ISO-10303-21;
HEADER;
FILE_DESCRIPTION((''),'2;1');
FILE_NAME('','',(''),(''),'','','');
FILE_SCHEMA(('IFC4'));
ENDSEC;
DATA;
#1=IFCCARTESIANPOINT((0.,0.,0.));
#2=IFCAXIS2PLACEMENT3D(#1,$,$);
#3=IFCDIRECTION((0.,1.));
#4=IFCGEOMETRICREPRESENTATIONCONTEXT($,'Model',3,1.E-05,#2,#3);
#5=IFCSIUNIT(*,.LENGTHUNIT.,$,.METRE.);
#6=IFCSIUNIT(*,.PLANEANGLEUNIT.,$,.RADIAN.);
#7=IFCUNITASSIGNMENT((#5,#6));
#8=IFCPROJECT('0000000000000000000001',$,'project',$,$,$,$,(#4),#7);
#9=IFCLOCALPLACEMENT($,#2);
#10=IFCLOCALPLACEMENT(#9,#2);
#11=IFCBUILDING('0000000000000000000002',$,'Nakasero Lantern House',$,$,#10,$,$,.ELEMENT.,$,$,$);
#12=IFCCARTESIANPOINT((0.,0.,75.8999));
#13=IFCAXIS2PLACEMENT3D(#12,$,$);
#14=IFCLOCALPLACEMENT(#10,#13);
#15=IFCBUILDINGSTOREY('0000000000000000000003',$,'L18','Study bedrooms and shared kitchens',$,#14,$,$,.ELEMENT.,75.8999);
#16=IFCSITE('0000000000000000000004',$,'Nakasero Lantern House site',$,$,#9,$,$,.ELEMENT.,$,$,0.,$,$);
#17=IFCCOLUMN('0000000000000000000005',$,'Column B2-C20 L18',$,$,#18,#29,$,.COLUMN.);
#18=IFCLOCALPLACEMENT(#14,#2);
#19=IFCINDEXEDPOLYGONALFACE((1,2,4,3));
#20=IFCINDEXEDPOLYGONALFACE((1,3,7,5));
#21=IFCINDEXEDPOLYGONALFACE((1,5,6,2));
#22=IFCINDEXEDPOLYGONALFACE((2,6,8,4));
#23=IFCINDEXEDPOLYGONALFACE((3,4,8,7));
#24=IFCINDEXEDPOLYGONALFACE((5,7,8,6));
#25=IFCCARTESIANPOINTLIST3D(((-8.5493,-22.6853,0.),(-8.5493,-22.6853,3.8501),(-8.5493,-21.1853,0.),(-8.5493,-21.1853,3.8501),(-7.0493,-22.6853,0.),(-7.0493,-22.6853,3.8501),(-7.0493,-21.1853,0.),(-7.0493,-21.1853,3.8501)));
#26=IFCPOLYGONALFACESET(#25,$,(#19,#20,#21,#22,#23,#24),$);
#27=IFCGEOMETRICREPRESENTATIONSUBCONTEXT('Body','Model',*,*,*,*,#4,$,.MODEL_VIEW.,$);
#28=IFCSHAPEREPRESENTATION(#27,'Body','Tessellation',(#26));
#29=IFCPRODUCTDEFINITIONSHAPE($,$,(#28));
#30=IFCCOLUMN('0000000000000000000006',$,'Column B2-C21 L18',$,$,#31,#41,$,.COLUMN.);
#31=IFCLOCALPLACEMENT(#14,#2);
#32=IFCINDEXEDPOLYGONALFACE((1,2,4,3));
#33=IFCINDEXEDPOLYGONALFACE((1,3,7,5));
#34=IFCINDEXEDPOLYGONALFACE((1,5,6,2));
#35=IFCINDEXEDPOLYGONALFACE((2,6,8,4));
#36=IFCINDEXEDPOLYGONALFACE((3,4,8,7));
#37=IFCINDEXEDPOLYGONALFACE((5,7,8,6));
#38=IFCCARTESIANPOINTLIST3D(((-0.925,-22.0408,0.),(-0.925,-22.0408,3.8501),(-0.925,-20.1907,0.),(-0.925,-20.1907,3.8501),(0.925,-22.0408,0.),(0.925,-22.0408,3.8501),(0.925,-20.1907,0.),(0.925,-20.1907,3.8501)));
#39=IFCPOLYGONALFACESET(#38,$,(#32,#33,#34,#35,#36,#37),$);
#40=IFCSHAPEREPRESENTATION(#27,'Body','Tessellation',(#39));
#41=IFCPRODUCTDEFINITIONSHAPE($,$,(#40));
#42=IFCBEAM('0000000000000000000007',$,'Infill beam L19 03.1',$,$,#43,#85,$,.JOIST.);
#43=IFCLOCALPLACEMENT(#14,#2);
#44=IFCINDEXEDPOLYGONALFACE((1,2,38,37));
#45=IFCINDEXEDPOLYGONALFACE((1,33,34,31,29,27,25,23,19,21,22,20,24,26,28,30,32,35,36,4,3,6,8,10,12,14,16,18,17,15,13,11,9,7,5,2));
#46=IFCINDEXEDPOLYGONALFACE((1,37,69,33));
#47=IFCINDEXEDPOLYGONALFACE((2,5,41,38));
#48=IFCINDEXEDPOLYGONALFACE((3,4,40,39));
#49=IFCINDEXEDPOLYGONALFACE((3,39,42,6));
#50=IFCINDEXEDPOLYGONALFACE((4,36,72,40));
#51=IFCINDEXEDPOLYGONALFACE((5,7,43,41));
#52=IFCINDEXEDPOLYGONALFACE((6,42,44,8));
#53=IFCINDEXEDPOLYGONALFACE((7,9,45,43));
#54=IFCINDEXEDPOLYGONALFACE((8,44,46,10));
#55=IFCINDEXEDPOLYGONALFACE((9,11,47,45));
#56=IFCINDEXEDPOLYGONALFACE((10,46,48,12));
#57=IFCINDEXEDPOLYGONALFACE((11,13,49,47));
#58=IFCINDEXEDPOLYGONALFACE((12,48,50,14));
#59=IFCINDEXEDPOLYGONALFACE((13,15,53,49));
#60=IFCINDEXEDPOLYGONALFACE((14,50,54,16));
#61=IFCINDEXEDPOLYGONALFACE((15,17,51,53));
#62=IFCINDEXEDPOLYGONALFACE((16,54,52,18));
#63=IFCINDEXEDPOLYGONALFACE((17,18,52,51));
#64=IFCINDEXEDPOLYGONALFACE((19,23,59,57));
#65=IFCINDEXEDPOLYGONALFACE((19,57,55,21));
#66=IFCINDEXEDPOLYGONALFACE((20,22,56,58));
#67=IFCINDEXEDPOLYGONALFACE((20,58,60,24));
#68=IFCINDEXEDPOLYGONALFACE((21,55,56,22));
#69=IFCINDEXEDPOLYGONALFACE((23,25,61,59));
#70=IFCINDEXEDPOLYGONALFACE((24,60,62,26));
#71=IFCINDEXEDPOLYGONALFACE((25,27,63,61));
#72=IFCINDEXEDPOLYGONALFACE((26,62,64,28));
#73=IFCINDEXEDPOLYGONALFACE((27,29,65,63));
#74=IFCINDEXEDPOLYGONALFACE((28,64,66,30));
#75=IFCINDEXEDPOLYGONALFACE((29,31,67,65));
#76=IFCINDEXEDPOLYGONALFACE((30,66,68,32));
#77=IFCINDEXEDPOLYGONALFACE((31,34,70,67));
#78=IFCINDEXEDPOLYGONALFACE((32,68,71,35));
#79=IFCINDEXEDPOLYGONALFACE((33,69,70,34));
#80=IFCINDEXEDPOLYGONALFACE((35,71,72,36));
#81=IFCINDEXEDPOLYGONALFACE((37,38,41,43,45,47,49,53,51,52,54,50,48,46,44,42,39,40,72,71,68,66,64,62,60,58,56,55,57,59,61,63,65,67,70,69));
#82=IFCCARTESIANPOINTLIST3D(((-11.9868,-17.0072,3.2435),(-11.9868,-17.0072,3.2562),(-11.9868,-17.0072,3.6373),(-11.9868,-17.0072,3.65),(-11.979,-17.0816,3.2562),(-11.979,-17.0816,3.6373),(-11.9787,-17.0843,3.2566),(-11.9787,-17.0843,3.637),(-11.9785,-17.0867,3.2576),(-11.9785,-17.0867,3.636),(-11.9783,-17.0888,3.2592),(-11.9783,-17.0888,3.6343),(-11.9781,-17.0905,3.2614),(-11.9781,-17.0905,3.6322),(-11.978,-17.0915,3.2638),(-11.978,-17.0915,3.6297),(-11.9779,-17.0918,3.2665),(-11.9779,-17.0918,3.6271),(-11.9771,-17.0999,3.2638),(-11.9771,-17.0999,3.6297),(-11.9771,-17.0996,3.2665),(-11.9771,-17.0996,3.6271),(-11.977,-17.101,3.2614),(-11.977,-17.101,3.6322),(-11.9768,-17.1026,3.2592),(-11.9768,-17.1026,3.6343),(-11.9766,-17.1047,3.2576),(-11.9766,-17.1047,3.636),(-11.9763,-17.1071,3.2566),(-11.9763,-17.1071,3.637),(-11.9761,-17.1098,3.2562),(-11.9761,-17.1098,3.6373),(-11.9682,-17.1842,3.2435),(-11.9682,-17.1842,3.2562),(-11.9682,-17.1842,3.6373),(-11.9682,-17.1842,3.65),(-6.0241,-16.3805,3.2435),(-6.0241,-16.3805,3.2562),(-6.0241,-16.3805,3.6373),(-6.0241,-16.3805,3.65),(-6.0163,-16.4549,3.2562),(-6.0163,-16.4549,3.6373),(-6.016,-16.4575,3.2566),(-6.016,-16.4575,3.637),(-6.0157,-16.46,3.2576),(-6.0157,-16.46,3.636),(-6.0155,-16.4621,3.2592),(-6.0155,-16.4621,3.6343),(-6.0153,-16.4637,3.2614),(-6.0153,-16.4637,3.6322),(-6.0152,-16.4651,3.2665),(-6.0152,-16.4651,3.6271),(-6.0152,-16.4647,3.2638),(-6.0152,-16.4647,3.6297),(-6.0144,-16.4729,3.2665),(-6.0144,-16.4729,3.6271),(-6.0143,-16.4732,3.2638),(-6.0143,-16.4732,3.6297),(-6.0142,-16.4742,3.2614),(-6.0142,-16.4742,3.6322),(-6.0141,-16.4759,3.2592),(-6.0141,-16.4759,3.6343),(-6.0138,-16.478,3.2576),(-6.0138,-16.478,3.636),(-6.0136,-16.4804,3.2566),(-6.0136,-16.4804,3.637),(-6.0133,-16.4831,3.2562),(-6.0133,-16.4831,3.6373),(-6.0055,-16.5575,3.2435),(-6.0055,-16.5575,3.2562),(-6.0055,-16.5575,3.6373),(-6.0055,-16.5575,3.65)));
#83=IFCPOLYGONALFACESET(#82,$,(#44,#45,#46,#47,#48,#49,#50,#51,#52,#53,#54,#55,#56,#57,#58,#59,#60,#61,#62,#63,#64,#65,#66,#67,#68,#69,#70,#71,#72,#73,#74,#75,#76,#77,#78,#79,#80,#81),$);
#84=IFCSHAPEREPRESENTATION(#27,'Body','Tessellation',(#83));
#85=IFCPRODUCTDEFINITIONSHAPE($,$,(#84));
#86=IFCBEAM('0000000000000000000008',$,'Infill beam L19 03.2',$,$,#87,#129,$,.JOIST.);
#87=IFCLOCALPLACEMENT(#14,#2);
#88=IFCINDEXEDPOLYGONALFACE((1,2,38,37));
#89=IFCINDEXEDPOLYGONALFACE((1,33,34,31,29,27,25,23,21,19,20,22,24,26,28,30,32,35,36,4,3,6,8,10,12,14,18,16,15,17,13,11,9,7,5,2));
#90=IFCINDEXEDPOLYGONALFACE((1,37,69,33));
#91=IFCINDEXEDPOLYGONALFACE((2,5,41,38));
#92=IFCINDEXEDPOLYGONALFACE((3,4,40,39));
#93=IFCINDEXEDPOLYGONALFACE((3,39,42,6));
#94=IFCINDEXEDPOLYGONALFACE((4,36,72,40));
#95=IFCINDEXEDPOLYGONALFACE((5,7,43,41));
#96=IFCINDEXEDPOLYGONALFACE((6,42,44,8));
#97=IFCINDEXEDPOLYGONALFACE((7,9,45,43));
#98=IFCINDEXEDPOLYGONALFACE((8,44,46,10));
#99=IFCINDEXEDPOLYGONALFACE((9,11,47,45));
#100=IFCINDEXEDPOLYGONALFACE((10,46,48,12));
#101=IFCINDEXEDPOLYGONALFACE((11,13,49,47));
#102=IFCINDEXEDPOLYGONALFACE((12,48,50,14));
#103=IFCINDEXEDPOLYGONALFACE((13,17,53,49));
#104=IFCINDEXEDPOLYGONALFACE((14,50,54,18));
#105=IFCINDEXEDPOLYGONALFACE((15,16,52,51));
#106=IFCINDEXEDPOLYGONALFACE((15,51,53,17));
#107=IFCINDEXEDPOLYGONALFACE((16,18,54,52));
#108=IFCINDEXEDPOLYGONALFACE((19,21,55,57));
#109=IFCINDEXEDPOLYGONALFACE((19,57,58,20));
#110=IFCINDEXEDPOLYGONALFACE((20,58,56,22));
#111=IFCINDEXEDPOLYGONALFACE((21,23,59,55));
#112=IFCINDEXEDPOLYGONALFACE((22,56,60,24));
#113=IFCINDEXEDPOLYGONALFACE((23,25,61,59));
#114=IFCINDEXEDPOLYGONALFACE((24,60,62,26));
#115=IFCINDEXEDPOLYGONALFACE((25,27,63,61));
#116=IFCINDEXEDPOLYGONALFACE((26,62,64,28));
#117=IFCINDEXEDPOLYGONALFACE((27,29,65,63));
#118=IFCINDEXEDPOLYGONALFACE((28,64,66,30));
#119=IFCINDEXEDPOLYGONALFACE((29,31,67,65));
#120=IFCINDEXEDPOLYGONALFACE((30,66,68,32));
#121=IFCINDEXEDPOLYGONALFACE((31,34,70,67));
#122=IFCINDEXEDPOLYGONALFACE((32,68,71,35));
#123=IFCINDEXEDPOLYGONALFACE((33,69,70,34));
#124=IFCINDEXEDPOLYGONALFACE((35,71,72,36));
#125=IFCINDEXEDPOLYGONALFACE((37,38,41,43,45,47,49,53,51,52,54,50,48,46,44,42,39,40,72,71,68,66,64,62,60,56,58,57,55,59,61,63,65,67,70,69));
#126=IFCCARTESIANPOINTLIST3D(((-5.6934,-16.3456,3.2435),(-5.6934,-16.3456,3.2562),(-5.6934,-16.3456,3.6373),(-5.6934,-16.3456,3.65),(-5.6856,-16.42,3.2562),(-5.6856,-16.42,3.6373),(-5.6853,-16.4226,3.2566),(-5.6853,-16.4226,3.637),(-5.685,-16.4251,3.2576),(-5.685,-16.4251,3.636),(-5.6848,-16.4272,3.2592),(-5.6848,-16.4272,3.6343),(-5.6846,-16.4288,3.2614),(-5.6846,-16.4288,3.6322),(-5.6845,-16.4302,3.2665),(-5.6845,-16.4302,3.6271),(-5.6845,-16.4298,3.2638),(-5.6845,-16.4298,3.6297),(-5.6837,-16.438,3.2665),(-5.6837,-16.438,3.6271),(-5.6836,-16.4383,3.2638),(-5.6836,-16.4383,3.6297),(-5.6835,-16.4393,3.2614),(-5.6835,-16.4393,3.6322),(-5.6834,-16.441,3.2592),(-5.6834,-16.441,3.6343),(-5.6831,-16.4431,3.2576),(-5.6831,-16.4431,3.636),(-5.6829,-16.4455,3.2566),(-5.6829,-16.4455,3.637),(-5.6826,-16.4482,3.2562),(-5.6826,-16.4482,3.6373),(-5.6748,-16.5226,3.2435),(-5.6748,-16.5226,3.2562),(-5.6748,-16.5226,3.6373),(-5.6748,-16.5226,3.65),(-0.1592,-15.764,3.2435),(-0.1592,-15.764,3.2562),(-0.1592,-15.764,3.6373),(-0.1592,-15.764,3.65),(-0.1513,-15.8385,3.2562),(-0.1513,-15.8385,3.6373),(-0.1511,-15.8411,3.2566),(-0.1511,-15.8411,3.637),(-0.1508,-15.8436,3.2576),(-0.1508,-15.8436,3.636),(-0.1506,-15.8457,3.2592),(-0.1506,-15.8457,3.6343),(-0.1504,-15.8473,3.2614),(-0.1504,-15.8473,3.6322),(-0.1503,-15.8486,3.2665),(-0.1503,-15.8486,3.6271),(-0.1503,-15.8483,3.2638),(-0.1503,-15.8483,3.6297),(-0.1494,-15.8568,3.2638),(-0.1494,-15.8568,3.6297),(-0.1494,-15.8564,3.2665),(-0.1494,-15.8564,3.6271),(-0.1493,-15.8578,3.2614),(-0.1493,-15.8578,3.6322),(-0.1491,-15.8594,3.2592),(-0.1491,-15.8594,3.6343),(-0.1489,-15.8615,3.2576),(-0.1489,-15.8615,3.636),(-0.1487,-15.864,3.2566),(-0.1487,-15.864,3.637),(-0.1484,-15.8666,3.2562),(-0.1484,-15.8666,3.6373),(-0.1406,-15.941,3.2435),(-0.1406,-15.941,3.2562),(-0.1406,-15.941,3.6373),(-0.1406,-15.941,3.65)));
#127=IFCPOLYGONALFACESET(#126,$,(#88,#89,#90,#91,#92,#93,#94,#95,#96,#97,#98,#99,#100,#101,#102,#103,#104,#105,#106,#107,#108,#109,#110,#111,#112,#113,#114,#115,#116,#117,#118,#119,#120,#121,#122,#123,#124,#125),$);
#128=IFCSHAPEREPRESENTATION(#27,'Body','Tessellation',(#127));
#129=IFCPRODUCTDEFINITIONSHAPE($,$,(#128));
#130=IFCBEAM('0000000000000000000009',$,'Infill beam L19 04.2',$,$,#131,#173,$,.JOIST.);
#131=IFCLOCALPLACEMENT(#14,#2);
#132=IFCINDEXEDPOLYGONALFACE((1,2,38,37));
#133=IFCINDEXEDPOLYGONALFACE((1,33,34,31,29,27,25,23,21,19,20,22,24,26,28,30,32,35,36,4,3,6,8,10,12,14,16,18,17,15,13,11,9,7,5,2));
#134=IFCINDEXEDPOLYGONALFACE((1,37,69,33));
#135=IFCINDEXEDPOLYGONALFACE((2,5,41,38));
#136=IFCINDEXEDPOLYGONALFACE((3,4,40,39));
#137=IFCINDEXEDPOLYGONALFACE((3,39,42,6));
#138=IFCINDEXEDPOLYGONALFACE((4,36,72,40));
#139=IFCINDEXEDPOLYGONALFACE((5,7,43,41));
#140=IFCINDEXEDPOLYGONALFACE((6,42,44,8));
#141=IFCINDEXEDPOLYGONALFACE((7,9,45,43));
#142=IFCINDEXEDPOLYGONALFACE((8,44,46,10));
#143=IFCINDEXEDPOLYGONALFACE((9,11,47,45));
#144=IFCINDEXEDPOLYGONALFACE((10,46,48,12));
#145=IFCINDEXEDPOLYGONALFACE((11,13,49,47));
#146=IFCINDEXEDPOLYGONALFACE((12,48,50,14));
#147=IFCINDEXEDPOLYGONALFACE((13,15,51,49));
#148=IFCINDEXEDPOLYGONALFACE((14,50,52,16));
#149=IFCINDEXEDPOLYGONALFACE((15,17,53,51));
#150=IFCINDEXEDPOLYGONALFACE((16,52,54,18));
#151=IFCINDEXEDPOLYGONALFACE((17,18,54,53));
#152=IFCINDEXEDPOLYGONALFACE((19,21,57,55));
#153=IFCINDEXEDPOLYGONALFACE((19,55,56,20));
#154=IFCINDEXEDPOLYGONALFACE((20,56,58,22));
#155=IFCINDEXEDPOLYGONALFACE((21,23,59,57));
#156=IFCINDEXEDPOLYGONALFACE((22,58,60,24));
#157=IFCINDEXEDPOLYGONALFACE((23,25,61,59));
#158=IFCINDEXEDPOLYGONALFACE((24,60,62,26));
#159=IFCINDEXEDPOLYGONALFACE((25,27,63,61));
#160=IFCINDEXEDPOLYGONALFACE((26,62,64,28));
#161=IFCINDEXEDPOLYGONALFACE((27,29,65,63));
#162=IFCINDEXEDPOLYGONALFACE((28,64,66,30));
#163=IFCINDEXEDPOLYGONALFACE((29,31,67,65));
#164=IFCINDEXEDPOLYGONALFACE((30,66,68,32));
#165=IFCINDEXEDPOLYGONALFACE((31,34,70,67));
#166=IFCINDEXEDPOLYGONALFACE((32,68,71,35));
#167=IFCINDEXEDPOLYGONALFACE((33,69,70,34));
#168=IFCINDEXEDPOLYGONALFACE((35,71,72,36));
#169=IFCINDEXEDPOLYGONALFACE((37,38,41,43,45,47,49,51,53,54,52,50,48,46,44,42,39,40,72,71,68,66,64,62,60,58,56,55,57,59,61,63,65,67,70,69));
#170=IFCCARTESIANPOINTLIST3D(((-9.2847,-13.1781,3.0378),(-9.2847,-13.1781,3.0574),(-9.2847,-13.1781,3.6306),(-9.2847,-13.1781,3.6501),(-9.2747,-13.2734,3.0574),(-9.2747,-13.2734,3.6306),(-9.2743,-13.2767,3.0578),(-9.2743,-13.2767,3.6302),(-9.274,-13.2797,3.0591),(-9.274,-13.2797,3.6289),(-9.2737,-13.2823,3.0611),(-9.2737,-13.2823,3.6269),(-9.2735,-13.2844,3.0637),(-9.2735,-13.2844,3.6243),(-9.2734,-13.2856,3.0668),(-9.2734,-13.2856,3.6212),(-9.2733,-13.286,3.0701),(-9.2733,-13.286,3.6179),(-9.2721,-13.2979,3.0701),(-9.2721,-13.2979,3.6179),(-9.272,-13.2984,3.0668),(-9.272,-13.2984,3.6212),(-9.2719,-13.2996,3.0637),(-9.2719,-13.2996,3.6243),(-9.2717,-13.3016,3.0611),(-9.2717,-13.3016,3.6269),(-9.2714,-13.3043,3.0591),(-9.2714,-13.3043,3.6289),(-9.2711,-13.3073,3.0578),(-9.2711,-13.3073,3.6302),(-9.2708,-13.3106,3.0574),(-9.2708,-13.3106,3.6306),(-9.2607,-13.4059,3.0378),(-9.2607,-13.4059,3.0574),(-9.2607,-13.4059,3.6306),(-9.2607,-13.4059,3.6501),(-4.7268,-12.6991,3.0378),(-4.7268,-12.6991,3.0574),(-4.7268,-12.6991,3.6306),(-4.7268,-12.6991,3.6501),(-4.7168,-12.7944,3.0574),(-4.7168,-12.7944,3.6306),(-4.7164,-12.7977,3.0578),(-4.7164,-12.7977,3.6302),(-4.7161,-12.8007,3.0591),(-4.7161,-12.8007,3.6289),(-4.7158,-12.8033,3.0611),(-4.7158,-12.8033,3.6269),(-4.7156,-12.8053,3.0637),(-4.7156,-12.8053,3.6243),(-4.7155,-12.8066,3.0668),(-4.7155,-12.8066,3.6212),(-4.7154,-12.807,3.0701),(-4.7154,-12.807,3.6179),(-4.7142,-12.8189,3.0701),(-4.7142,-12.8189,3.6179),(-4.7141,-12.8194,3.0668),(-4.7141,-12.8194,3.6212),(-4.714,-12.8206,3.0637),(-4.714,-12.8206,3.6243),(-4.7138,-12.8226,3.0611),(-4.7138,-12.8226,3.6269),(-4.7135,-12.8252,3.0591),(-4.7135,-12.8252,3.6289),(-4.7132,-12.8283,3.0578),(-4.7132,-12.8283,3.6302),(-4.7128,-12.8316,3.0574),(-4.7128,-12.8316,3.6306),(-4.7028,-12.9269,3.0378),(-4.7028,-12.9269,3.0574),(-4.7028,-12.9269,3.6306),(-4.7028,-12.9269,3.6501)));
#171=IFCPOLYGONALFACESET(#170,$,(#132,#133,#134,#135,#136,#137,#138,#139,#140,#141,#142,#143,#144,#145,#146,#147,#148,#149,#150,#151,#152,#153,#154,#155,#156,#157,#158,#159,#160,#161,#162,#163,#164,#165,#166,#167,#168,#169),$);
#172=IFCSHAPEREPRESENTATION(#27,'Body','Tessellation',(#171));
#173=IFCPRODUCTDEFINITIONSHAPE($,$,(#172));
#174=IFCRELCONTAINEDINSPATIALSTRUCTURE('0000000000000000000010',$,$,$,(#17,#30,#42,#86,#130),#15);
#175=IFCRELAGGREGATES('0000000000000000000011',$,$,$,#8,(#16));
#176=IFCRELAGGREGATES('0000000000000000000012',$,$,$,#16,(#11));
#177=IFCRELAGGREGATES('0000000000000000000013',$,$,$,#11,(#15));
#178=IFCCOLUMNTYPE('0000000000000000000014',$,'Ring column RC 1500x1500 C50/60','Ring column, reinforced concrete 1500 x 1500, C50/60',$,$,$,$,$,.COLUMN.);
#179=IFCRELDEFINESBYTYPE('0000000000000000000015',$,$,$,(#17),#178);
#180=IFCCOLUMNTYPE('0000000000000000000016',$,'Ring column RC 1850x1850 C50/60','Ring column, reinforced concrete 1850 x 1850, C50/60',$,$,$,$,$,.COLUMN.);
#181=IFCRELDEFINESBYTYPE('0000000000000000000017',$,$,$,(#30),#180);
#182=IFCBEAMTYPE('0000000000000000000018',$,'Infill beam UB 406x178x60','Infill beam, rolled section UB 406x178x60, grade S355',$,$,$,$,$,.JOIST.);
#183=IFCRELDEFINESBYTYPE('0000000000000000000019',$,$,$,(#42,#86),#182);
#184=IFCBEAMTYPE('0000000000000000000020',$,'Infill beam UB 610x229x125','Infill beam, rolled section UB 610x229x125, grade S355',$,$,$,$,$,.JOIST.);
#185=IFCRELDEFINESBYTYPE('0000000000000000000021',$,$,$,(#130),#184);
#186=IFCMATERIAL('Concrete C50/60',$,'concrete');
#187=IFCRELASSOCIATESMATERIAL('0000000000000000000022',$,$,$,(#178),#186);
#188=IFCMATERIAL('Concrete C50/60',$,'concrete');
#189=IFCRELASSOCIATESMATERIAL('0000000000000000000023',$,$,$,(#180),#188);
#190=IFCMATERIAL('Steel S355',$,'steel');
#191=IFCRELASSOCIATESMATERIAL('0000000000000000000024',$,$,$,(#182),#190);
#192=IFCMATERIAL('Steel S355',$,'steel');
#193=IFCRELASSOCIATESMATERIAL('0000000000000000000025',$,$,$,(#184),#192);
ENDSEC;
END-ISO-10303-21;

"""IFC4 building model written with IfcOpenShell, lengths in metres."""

from ifc_helpers import new_model, si_unit, direction, frame, origin, origin_2d, place, context, subcontext, project, spatial, rectangle, i_section, extrude, material, material_profile, profile_set, type_object, element, save


model = new_model("IFC4")

# Units and contexts
model_context = context("Model", 3, precision=1e-05, world=origin(), true_north=direction((0.0, 1.0)))
body_context = subcontext(model_context, "Body", "Model", "MODEL_VIEW")
ifc_project = project(units=[si_unit("LENGTHUNIT", "METRE"), si_unit("PLANEANGLEUNIT", "RADIAN")], contexts=[model_context])

# Site, building, storey
site_placement = place(None, origin())
site = spatial("IfcSite", under=ifc_project, at=site_placement, Name="Nakasero Lantern House site", CompositionType="ELEMENT", RefElevation=0.0)
building_placement = place(site_placement, origin())
building = spatial("IfcBuilding", under=site, at=building_placement, Name="Nakasero Lantern House", CompositionType="ELEMENT")
storey_placement = place(building_placement, frame((0.0, 0.0, 75.8999)))
storey = spatial("IfcBuildingStorey", under=building, at=storey_placement, Name="L18", Description="Study bedrooms and shared kitchens", CompositionType="ELEMENT", Elevation=75.8999)

# Columns
ifc_material_1 = material(Name="Concrete C50/60", Category="concrete")
ifc_material_profile_1 = material_profile(ifc_material_1, rectangle(XDim=1.5, YDim=1.5, at=origin_2d()), Name="RC 1500x1500")
ifc_profile_set_1 = profile_set([ifc_material_profile_1], Name="Concrete C50/60")
column_type_1 = type_object("IfcColumnType", Name="Ring column RC 1500x1500 C50/60", Description="Ring column, reinforced concrete 1500 x 1500, C50/60", PredefinedType="COLUMN", material=ifc_profile_set_1)
column_1_placement = place(storey_placement, frame((-7.7993, -21.9353, 0.0), z_axis=(0.0, 0.0, 1.0), x_axis=(1.0, 0.0, 0.0)))
element("IfcColumn", 1, at=column_1_placement, inside=storey, type_object=column_type_1, Name="Column B2-C20 L18", PredefinedType="COLUMN", context=body_context, shape_type="SweptSolid", body=[
    extrude(rectangle(XDim=1.5, YDim=1.5, at=origin_2d()), origin(), (0.0, 0.0, 1.0), 3.8501),
])
ifc_material_2 = material(Name="Concrete C50/60", Category="concrete")
ifc_material_profile_2 = material_profile(ifc_material_2, rectangle(XDim=1.8501, YDim=1.8501, at=origin_2d()), Name="RC 1850x1850")
ifc_profile_set_2 = profile_set([ifc_material_profile_2], Name="Concrete C50/60")
column_type_2 = type_object("IfcColumnType", Name="Ring column RC 1850x1850 C50/60", Description="Ring column, reinforced concrete 1850 x 1850, C50/60", PredefinedType="COLUMN", material=ifc_profile_set_2)
column_2_placement = place(storey_placement, frame((0.0, -21.1157, 0.0), z_axis=(0.0, 0.0, 1.0), x_axis=(1.0, 0.0, 0.0)))
element("IfcColumn", 2, at=column_2_placement, inside=storey, type_object=column_type_2, Name="Column B2-C21 L18", PredefinedType="COLUMN", context=body_context, shape_type="SweptSolid", body=[
    extrude(rectangle(XDim=1.8501, YDim=1.8501, at=origin_2d()), origin(), (0.0, 0.0, 1.0), 3.8501),
])

# Beams
ifc_material_3 = material(Name="Steel S355", Category="steel")
ifc_material_profile_3 = material_profile(ifc_material_3, i_section(OverallWidth=0.178, OverallDepth=0.4065, WebThickness=0.0078, FlangeThickness=0.0127, FilletRadius=0.0103, at=origin_2d()), Name="UB 406x178x60")
ifc_profile_set_3 = profile_set([ifc_material_profile_3], Name="Steel S355")
beam_type_1 = type_object("IfcBeamType", Name="Infill beam UB 406x178x60", Description="Infill beam, rolled section UB 406x178x60, grade S355", PredefinedType="JOIST", material=ifc_profile_set_3)
beam_1_placement = place(storey_placement, frame((-11.9775, -17.0957, 3.4468), z_axis=(0.994522, 0.10453, 0.0), x_axis=(-0.10453, 0.994522, 0.0)))
element("IfcBeam", 3, at=beam_1_placement, inside=storey, type_object=beam_type_1, Name="Infill beam L19 03.1", PredefinedType="JOIST", context=body_context, shape_type="SweptSolid", body=[
    extrude(i_section(OverallWidth=0.178, OverallDepth=0.4065, WebThickness=0.0078, FlangeThickness=0.0127, FilletRadius=0.0103, at=origin_2d()), origin(), (0.0, 0.0, 1.0), 5.9956),
])
beam_2_placement = place(storey_placement, frame((-5.6841, -16.4341, 3.4468), z_axis=(0.994524, 0.104507, 0.0), x_axis=(-0.104507, 0.994524, 0.0)))
element("IfcBeam", 4, at=beam_2_placement, inside=storey, type_object=beam_type_1, Name="Infill beam L19 03.2", PredefinedType="JOIST", context=body_context, shape_type="SweptSolid", body=[
    extrude(i_section(OverallWidth=0.178, OverallDepth=0.4065, WebThickness=0.0078, FlangeThickness=0.0127, FilletRadius=0.0103, at=origin_2d()), origin(), (0.0, 0.0, 1.0), 5.5647),
])
ifc_material_4 = material(Name="Steel S355", Category="steel")
ifc_material_profile_4 = material_profile(ifc_material_4, i_section(OverallWidth=0.229, OverallDepth=0.6123, WebThickness=0.012, FlangeThickness=0.0195, FilletRadius=0.0127, at=origin_2d()), Name="UB 610x229x125")
ifc_profile_set_4 = profile_set([ifc_material_profile_4], Name="Steel S355")
beam_type_2 = type_object("IfcBeamType", Name="Infill beam UB 610x229x125", Description="Infill beam, rolled section UB 610x229x125, grade S355", PredefinedType="JOIST", material=ifc_profile_set_4)
beam_3_placement = place(storey_placement, frame((-9.2727, -13.292, 3.344), z_axis=(0.994523, 0.104518, 0.0), x_axis=(-0.104518, 0.994523, 0.0)))
element("IfcBeam", 5, at=beam_3_placement, inside=storey, type_object=beam_type_2, Name="Infill beam L19 04.2", PredefinedType="JOIST", context=body_context, shape_type="SweptSolid", body=[
    extrude(i_section(OverallWidth=0.229, OverallDepth=0.6123, WebThickness=0.012, FlangeThickness=0.0195, FilletRadius=0.0127, at=origin_2d()), origin(), (0.0, 0.0, 1.0), 4.583),
])

save(model, "model.ifc")
